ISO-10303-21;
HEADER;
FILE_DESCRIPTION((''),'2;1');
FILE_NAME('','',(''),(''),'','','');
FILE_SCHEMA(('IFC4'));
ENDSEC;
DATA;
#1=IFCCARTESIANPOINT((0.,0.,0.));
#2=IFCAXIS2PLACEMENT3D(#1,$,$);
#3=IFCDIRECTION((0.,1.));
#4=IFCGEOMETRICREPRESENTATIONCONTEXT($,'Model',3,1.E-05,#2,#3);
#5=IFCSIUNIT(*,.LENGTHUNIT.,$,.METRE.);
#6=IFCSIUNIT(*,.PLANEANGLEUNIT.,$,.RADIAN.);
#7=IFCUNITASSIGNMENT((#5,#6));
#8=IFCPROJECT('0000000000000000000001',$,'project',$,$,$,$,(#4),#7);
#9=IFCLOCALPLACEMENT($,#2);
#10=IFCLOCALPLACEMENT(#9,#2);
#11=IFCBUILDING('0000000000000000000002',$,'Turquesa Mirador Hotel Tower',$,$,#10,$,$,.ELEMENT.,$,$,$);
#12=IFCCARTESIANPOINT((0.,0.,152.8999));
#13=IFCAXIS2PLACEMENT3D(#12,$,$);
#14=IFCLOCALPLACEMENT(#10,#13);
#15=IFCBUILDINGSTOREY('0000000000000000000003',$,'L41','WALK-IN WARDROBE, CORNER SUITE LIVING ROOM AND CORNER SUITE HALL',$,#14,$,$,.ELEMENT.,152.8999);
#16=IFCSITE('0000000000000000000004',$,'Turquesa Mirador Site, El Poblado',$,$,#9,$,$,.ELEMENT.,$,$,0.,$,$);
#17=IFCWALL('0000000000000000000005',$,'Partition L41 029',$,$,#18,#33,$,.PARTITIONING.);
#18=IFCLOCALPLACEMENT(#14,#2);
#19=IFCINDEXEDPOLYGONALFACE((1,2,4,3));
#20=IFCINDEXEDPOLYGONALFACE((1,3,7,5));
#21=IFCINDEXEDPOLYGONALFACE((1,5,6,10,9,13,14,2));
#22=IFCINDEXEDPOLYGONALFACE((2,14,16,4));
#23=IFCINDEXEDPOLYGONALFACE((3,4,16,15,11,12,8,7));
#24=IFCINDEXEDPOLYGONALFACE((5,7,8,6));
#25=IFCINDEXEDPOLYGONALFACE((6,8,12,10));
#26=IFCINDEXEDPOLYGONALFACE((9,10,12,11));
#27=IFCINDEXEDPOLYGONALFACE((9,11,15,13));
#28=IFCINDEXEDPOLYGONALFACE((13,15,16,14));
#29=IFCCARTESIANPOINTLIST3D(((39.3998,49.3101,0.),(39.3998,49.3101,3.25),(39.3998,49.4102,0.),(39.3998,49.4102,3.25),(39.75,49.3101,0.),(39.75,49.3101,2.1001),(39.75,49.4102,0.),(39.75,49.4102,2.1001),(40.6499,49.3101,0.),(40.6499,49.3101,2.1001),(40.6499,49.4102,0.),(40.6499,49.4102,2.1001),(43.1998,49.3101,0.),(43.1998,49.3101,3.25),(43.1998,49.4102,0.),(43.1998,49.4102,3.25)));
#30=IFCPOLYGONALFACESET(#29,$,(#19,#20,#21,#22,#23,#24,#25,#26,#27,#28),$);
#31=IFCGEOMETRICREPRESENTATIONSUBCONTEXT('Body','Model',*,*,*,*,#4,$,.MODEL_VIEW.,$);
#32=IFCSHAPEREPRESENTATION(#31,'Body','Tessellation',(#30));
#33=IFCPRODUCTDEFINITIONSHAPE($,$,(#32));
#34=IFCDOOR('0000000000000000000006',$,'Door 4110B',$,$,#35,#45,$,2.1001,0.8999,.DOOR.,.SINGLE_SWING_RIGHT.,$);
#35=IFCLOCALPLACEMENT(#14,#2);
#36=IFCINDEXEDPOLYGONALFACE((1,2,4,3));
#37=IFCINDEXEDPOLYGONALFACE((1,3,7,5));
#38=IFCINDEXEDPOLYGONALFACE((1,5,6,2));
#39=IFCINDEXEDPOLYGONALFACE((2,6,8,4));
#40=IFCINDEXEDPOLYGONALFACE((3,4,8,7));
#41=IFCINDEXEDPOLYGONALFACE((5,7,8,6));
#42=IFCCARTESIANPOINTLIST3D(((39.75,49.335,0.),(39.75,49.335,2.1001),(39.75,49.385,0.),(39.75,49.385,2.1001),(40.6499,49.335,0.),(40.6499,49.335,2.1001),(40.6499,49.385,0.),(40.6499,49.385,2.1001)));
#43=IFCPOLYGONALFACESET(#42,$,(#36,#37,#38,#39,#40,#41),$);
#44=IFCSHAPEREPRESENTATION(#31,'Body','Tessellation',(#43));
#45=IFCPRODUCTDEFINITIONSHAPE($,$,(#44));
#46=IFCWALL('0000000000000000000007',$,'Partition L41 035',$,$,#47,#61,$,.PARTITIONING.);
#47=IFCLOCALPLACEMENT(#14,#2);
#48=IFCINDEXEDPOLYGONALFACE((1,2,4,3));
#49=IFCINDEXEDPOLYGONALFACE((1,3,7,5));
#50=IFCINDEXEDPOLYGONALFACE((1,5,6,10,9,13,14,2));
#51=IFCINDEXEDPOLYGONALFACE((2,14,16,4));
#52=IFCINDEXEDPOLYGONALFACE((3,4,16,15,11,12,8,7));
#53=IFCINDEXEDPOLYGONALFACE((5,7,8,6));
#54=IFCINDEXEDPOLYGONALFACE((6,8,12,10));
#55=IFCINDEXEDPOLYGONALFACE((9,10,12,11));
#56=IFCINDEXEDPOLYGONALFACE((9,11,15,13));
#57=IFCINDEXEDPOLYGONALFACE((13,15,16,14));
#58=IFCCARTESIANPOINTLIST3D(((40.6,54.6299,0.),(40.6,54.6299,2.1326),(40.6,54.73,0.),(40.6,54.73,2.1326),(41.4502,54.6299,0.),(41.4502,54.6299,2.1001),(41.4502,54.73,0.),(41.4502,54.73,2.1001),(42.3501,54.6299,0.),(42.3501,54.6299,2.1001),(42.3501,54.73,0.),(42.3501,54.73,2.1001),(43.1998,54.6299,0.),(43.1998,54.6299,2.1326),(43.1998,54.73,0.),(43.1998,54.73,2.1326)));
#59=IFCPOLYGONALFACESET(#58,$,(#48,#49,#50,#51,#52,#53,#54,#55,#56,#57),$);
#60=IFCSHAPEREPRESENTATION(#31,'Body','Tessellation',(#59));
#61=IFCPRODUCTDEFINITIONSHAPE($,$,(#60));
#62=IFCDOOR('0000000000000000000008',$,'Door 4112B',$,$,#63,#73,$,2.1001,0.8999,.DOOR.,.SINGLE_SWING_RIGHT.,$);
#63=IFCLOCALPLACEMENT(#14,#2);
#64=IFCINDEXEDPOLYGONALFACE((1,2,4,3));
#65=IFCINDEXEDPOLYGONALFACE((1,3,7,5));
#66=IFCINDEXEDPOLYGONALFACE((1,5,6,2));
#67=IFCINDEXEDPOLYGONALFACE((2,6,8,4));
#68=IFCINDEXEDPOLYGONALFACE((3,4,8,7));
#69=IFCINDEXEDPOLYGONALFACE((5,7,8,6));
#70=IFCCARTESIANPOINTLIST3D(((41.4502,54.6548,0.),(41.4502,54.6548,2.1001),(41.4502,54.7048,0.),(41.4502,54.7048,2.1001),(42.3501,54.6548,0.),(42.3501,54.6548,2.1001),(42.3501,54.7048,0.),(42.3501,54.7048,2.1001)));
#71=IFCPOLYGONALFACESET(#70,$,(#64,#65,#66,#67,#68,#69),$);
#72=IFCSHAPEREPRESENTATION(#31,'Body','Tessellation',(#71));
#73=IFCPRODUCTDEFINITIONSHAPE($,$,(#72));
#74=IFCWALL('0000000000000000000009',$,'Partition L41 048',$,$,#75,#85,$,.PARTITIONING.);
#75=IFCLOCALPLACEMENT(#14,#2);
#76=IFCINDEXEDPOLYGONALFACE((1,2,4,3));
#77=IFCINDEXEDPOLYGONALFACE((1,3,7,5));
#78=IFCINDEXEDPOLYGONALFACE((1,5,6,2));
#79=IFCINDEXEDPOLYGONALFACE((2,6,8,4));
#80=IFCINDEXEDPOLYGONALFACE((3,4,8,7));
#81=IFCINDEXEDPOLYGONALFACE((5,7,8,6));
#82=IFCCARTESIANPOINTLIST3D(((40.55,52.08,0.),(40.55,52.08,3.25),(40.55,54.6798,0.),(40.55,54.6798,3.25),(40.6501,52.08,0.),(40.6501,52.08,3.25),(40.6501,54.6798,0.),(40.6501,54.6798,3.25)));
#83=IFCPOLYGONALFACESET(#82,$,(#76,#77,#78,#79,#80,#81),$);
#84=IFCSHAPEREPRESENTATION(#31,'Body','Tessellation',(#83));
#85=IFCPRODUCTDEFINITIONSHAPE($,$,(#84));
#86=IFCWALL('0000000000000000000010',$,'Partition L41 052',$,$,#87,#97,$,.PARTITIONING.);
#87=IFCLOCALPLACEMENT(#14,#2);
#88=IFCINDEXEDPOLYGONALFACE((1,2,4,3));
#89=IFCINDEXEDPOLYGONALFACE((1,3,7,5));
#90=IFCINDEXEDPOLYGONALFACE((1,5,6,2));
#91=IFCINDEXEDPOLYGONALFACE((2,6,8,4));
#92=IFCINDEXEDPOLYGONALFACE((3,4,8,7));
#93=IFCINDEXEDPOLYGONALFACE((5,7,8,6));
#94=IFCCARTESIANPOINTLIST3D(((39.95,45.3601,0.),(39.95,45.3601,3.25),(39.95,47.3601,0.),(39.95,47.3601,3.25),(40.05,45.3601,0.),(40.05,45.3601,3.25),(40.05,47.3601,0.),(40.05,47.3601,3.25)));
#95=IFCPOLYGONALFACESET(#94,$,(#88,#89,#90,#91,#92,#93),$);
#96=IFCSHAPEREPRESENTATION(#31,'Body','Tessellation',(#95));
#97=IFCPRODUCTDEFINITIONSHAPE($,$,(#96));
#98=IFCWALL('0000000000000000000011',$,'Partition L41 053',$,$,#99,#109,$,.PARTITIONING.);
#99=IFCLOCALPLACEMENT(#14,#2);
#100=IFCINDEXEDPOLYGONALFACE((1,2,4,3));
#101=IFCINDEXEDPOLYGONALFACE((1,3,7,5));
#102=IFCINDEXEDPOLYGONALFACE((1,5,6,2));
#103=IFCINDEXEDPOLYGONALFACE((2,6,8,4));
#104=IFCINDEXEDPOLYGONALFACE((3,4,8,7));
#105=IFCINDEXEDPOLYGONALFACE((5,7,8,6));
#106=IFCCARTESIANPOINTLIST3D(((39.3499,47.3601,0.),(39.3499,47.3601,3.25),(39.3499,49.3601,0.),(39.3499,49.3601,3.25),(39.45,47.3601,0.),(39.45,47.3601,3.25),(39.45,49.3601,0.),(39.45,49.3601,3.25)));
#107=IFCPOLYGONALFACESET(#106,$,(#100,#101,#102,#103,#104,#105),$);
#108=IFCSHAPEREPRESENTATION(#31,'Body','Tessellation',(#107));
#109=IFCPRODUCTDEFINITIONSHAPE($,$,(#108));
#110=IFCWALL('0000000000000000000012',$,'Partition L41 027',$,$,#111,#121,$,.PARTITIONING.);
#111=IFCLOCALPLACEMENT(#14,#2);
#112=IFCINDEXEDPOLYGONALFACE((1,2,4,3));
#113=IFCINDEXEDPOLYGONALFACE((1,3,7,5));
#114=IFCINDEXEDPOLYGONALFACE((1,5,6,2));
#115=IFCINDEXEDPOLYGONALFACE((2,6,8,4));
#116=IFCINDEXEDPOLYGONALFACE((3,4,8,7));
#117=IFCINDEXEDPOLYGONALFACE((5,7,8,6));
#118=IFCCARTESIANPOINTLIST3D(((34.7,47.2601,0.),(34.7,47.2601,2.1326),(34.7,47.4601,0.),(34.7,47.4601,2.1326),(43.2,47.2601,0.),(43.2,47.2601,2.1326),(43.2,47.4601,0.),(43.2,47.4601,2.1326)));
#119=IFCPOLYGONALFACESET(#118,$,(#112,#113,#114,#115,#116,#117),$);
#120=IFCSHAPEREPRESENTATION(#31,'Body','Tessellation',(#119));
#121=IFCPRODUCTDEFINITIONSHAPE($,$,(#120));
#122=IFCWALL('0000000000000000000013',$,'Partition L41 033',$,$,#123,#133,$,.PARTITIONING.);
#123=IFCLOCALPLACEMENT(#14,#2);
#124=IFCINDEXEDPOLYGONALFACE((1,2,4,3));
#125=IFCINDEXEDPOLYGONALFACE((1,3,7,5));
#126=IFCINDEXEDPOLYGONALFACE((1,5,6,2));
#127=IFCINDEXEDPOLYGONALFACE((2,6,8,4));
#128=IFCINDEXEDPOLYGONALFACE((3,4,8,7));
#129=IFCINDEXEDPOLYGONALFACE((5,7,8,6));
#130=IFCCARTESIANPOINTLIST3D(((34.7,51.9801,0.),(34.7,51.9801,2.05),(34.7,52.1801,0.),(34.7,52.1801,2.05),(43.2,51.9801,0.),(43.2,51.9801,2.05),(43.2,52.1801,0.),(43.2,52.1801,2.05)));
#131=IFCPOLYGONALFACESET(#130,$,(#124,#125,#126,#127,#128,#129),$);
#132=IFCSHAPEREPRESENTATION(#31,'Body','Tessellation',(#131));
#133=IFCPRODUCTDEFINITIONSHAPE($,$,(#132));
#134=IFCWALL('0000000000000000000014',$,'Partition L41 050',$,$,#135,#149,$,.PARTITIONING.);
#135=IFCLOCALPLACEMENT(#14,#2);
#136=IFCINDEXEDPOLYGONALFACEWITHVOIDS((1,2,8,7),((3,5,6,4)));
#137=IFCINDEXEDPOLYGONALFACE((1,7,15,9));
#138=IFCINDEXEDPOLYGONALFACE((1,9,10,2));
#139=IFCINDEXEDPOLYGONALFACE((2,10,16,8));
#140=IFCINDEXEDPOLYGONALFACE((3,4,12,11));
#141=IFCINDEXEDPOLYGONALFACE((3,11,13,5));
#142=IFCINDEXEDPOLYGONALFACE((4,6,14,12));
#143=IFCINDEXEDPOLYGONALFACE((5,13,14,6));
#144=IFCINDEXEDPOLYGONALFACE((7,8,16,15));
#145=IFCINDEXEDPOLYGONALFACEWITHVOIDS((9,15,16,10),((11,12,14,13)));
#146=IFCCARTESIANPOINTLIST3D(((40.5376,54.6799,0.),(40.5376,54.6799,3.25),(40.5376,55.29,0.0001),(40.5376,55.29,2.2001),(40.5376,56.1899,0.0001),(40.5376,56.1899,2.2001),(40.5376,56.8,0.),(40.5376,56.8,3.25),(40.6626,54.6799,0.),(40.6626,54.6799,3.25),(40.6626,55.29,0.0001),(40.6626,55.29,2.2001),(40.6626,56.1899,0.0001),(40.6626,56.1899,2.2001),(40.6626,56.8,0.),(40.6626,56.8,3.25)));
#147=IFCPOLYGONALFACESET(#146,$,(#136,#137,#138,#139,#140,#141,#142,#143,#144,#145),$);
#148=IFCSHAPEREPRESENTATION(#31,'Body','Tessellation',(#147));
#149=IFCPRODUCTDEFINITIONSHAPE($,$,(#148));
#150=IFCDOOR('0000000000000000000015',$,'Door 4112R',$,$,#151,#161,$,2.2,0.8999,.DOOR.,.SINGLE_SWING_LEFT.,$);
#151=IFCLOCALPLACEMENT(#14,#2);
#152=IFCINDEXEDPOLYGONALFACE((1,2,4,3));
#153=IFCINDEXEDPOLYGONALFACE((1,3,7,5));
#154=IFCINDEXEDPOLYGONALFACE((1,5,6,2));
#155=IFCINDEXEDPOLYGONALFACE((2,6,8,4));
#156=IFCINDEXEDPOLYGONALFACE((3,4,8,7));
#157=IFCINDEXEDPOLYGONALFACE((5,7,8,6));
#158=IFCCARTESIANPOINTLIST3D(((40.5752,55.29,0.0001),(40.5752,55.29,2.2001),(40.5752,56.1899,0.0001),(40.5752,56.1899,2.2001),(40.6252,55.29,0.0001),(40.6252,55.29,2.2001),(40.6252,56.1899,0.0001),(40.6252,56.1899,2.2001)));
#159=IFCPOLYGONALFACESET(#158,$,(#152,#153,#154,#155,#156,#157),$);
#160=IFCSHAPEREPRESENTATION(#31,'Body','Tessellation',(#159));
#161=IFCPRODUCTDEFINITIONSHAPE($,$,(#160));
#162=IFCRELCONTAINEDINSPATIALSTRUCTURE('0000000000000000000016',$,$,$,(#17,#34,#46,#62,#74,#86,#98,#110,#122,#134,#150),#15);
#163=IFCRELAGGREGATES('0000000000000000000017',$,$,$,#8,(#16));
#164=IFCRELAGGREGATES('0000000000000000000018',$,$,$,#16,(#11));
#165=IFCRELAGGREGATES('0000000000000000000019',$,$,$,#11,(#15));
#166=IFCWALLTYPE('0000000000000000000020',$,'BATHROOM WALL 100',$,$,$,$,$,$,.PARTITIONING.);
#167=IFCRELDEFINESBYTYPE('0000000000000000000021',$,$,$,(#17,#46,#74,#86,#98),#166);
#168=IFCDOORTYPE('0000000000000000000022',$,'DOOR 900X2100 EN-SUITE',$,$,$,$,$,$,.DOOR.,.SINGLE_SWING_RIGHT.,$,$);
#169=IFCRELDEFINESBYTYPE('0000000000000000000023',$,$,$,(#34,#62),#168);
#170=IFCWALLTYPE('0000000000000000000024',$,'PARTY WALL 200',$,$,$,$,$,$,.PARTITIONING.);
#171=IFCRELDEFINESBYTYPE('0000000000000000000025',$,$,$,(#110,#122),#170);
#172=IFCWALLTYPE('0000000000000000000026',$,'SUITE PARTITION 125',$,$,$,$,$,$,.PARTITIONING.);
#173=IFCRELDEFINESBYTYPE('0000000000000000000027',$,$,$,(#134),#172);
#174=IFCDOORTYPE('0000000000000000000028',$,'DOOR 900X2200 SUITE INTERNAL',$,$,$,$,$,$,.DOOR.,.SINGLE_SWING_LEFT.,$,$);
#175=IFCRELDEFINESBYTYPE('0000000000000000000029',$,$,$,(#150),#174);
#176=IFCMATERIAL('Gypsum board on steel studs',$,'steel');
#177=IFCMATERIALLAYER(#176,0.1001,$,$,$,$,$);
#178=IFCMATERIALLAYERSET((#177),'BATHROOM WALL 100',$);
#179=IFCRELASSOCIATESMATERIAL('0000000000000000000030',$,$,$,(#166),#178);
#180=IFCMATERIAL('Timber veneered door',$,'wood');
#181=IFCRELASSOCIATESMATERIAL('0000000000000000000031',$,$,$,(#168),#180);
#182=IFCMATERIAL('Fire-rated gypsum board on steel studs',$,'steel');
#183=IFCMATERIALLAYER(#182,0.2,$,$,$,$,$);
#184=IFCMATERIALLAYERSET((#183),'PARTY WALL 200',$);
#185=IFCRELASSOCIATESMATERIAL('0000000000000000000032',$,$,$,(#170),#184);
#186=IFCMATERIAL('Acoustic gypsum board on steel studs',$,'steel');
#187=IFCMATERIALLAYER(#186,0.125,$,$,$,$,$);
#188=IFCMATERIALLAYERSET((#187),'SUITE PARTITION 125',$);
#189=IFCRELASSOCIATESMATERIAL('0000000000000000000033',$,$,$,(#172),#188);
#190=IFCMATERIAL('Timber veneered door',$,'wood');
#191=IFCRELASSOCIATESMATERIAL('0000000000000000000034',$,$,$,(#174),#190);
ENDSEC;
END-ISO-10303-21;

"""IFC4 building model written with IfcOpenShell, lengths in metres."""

from ifc_helpers import new_model, si_unit, direction, frame, frame_2d, origin, place, context, subcontext, project, spatial, rectangle, extrude, material, layer, layer_set, type_object, element, fill, save


model = new_model("IFC4")

# Units and contexts
model_context = context("Model", 3, precision=1e-05, world=origin(), true_north=direction((0.0, 1.0)))
body_context = subcontext(model_context, "Body", "Model", "MODEL_VIEW")
ifc_project = project(units=[si_unit("LENGTHUNIT", "METRE"), si_unit("PLANEANGLEUNIT", "RADIAN")], contexts=[model_context])

# Site, building, storey
site_placement = place(None, origin())
site = spatial("IfcSite", under=ifc_project, at=site_placement, Name="Turquesa Mirador Site, El Poblado", CompositionType="ELEMENT", RefElevation=0.0)
building_placement = place(site_placement, origin())
building = spatial("IfcBuilding", under=site, at=building_placement, Name="Turquesa Mirador Hotel Tower", CompositionType="ELEMENT")
storey_placement = place(building_placement, frame((0.0, 0.0, 152.8999)))
storey = spatial("IfcBuildingStorey", under=building, at=storey_placement, Name="L41", Description="WALK-IN WARDROBE, CORNER SUITE LIVING ROOM AND CORNER SUITE HALL", CompositionType="ELEMENT", Elevation=152.8999)

# Walls, openings, doors
ifc_material_1 = material(Name="Gypsum board on steel studs", Category="steel")
ifc_layer_1 = layer(ifc_material_1, 0.1001)
ifc_layer_set_1 = layer_set([ifc_layer_1], Name="BATHROOM WALL 100")
wall_type_1 = type_object("IfcWallType", Name="BATHROOM WALL 100", PredefinedType="PARTITIONING", material=ifc_layer_set_1)
ifc_material_2 = material(Name="Timber veneered door", Category="wood")
door_type_1 = type_object("IfcDoorType", Name="DOOR 900X2100 EN-SUITE", OperationType="SINGLE_SWING_RIGHT", PredefinedType="DOOR", material=ifc_material_2)
wall_1_placement = place(storey_placement, frame((39.3999, 49.3601, 0.0), z_axis=(0.0, 0.0, 1.0), x_axis=(1.0, 0.0, 0.0)))
wall_1 = element("IfcWall", 1, at=wall_1_placement, inside=storey, type_object=wall_type_1, Name="Partition L41 029", PredefinedType="PARTITIONING", context=body_context, shape_type="SweptSolid", body=[
    extrude(rectangle(XDim=3.8, YDim=0.1001, at=frame_2d((1.8999, 0.0))), origin(), (0.0, 0.0, 1.0), 3.25),
])
opening_1_placement = place(wall_1_placement, frame((0.3501, 0.0, 0.0)))
opening_1 = element("IfcOpeningElement", 2, at=opening_1_placement, cuts=wall_1, PredefinedType="OPENING", context=body_context, shape_type="SweptSolid", body=[
    extrude(rectangle(XDim=0.8999, YDim=2.1001, at=frame_2d((0.45, 1.05))), frame((0.0, 0.0601, 0.0), z_axis=(0.0, -1.0, 0.0), x_axis=(1.0, 0.0, 0.0)), (0.0, 0.0, 1.0), 0.1201),
])
door_1_placement = place(opening_1_placement, origin())
door_1 = element("IfcDoor", 3, at=door_1_placement, inside=storey, type_object=door_type_1, Name="Door 4110B", OperationType="SINGLE_SWING_RIGHT", OverallHeight=2.1001, OverallWidth=0.8999, PredefinedType="DOOR", context=body_context, shape_type="SweptSolid", body=[
    extrude(rectangle(XDim=0.8999, YDim=2.1001, at=frame_2d((0.45, 1.05))), frame((0.0, 0.0249, 0.0), z_axis=(0.0, -1.0, 0.0), x_axis=(1.0, 0.0, 0.0)), (0.0, 0.0, 1.0), 0.05),
])
fill(opening_1, door_1)
wall_2_placement = place(storey_placement, frame((40.6001, 54.6799, 0.0), z_axis=(0.0, 0.0, 1.0), x_axis=(1.0, 0.0, 0.0)))
wall_2 = element("IfcWall", 4, at=wall_2_placement, inside=storey, type_object=wall_type_1, Name="Partition L41 035", PredefinedType="PARTITIONING", context=body_context, shape_type="SweptSolid", body=[
    extrude(rectangle(XDim=2.5999, YDim=0.1001, at=frame_2d((1.2998, 0.0))), origin(), (0.0, 0.0, 1.0), 2.1326),
])
opening_2_placement = place(wall_2_placement, frame((0.8501, 0.0, 0.0)))
opening_2 = element("IfcOpeningElement", 5, at=opening_2_placement, cuts=wall_2, PredefinedType="OPENING", context=body_context, shape_type="SweptSolid", body=[
    extrude(rectangle(XDim=0.8999, YDim=2.1001, at=frame_2d((0.45, 1.05))), frame((0.0, 0.0601, 0.0), z_axis=(0.0, -1.0, 0.0), x_axis=(1.0, 0.0, 0.0)), (0.0, 0.0, 1.0), 0.1201),
])
door_2_placement = place(opening_2_placement, origin())
door_2 = element("IfcDoor", 6, at=door_2_placement, inside=storey, type_object=door_type_1, Name="Door 4112B", OperationType="SINGLE_SWING_RIGHT", OverallHeight=2.1001, OverallWidth=0.8999, PredefinedType="DOOR", context=body_context, shape_type="SweptSolid", body=[
    extrude(rectangle(XDim=0.8999, YDim=2.1001, at=frame_2d((0.45, 1.05))), frame((0.0, 0.0249, 0.0), z_axis=(0.0, -1.0, 0.0), x_axis=(1.0, 0.0, 0.0)), (0.0, 0.0, 1.0), 0.05),
])
fill(opening_2, door_2)

# Walls
wall_3_placement = place(storey_placement, frame((40.6001, 52.0801, 0.0), z_axis=(0.0, 0.0, 1.0), x_axis=(0.0, 1.0, 0.0)))
element("IfcWall", 7, at=wall_3_placement, inside=storey, type_object=wall_type_1, Name="Partition L41 048", PredefinedType="PARTITIONING", context=body_context, shape_type="SweptSolid", body=[
    extrude(rectangle(XDim=2.5999, YDim=0.1001, at=frame_2d((1.2998, 0.0))), origin(), (0.0, 0.0, 1.0), 3.25),
])
for number, where, z_axis, x_axis, name in (
    (8, (40.0, 45.3601, 0.0), (0.0, 0.0, 1.0), (0.0, 1.0, 0.0), "Partition L41 052"),
    (9, (39.3999, 47.3601, 0.0), (0.0, 0.0, 1.0), (0.0, 1.0, 0.0), "Partition L41 053"),
):
    element("IfcWall", number, at=place(storey_placement, frame(where, z_axis=z_axis, x_axis=x_axis)), inside=storey, type_object=wall_type_1, Name=name, PredefinedType="PARTITIONING", context=body_context, shape_type="SweptSolid", body=[
        extrude(rectangle(XDim=2.0, YDim=0.1001, at=frame_2d((1.0, 0.0))), origin(), (0.0, 0.0, 1.0), 3.25),
    ])
ifc_material_3 = material(Name="Fire-rated gypsum board on steel studs", Category="steel")
ifc_layer_2 = layer(ifc_material_3, 0.2)
ifc_layer_set_2 = layer_set([ifc_layer_2], Name="PARTY WALL 200")
wall_type_2 = type_object("IfcWallType", Name="PARTY WALL 200", PredefinedType="PARTITIONING", material=ifc_layer_set_2)
wall_4_placement = place(storey_placement, frame((34.7, 47.3601, 0.0), z_axis=(0.0, 0.0, 1.0), x_axis=(1.0, 0.0, 0.0)))
element("IfcWall", 10, at=wall_4_placement, inside=storey, type_object=wall_type_2, Name="Partition L41 027", PredefinedType="PARTITIONING", context=body_context, shape_type="SweptSolid", body=[
    extrude(rectangle(XDim=8.5, YDim=0.2, at=frame_2d((4.25, 0.0))), origin(), (0.0, 0.0, 1.0), 2.1326),
])
wall_5_placement = place(storey_placement, frame((34.7, 52.0801, 0.0), z_axis=(0.0, 0.0, 1.0), x_axis=(1.0, 0.0, 0.0)))
element("IfcWall", 11, at=wall_5_placement, inside=storey, type_object=wall_type_2, Name="Partition L41 033", PredefinedType="PARTITIONING", context=body_context, shape_type="SweptSolid", body=[
    extrude(rectangle(XDim=8.5, YDim=0.2, at=frame_2d((4.25, 0.0))), origin(), (0.0, 0.0, 1.0), 2.05),
])

# Wall, opening, door
ifc_material_4 = material(Name="Acoustic gypsum board on steel studs", Category="steel")
ifc_layer_3 = layer(ifc_material_4, 0.125)
ifc_layer_set_3 = layer_set([ifc_layer_3], Name="SUITE PARTITION 125")
wall_type_3 = type_object("IfcWallType", Name="SUITE PARTITION 125", PredefinedType="PARTITIONING", material=ifc_layer_set_3)
wall_6_placement = place(storey_placement, frame((40.6001, 54.6799, 0.0), z_axis=(0.0, 0.0, 1.0), x_axis=(0.0, 1.0, 0.0)))
wall_6 = element("IfcWall", 12, at=wall_6_placement, inside=storey, type_object=wall_type_3, Name="Partition L41 050", PredefinedType="PARTITIONING", context=body_context, shape_type="SweptSolid", body=[
    extrude(rectangle(XDim=2.1201, YDim=0.125, at=frame_2d((1.0601, 0.0))), origin(), (0.0, 0.0, 1.0), 3.25),
])
opening_3_placement = place(wall_6_placement, frame((0.6101, 0.0, 0.0)))
opening_3 = element("IfcOpeningElement", 13, at=opening_3_placement, cuts=wall_6, PredefinedType="OPENING", context=body_context, shape_type="SweptSolid", body=[
    extrude(rectangle(XDim=0.8999, YDim=2.2, at=frame_2d((0.45, 1.1001))), frame((0.0, 0.0725, 0.0), z_axis=(0.0, -1.0, 0.0), x_axis=(1.0, 0.0, 0.0)), (0.0, 0.0, 1.0), 0.145),
])
ifc_material_5 = material(Name="Timber veneered door", Category="wood")
door_type_2 = type_object("IfcDoorType", Name="DOOR 900X2200 SUITE INTERNAL", OperationType="SINGLE_SWING_LEFT", PredefinedType="DOOR", material=ifc_material_5)
door_3_placement = place(opening_3_placement, origin())
door_3 = element("IfcDoor", 14, at=door_3_placement, inside=storey, type_object=door_type_2, Name="Door 4112R", OperationType="SINGLE_SWING_LEFT", OverallHeight=2.2, OverallWidth=0.8999, PredefinedType="DOOR", context=body_context, shape_type="SweptSolid", body=[
    extrude(rectangle(XDim=0.8999, YDim=2.2, at=frame_2d((0.45, 1.1001))), frame((0.0, 0.0249, 0.0), z_axis=(0.0, -1.0, 0.0), x_axis=(1.0, 0.0, 0.0)), (0.0, 0.0, 1.0), 0.05),
])
fill(opening_3, door_3)

save(model, "model.ifc")
